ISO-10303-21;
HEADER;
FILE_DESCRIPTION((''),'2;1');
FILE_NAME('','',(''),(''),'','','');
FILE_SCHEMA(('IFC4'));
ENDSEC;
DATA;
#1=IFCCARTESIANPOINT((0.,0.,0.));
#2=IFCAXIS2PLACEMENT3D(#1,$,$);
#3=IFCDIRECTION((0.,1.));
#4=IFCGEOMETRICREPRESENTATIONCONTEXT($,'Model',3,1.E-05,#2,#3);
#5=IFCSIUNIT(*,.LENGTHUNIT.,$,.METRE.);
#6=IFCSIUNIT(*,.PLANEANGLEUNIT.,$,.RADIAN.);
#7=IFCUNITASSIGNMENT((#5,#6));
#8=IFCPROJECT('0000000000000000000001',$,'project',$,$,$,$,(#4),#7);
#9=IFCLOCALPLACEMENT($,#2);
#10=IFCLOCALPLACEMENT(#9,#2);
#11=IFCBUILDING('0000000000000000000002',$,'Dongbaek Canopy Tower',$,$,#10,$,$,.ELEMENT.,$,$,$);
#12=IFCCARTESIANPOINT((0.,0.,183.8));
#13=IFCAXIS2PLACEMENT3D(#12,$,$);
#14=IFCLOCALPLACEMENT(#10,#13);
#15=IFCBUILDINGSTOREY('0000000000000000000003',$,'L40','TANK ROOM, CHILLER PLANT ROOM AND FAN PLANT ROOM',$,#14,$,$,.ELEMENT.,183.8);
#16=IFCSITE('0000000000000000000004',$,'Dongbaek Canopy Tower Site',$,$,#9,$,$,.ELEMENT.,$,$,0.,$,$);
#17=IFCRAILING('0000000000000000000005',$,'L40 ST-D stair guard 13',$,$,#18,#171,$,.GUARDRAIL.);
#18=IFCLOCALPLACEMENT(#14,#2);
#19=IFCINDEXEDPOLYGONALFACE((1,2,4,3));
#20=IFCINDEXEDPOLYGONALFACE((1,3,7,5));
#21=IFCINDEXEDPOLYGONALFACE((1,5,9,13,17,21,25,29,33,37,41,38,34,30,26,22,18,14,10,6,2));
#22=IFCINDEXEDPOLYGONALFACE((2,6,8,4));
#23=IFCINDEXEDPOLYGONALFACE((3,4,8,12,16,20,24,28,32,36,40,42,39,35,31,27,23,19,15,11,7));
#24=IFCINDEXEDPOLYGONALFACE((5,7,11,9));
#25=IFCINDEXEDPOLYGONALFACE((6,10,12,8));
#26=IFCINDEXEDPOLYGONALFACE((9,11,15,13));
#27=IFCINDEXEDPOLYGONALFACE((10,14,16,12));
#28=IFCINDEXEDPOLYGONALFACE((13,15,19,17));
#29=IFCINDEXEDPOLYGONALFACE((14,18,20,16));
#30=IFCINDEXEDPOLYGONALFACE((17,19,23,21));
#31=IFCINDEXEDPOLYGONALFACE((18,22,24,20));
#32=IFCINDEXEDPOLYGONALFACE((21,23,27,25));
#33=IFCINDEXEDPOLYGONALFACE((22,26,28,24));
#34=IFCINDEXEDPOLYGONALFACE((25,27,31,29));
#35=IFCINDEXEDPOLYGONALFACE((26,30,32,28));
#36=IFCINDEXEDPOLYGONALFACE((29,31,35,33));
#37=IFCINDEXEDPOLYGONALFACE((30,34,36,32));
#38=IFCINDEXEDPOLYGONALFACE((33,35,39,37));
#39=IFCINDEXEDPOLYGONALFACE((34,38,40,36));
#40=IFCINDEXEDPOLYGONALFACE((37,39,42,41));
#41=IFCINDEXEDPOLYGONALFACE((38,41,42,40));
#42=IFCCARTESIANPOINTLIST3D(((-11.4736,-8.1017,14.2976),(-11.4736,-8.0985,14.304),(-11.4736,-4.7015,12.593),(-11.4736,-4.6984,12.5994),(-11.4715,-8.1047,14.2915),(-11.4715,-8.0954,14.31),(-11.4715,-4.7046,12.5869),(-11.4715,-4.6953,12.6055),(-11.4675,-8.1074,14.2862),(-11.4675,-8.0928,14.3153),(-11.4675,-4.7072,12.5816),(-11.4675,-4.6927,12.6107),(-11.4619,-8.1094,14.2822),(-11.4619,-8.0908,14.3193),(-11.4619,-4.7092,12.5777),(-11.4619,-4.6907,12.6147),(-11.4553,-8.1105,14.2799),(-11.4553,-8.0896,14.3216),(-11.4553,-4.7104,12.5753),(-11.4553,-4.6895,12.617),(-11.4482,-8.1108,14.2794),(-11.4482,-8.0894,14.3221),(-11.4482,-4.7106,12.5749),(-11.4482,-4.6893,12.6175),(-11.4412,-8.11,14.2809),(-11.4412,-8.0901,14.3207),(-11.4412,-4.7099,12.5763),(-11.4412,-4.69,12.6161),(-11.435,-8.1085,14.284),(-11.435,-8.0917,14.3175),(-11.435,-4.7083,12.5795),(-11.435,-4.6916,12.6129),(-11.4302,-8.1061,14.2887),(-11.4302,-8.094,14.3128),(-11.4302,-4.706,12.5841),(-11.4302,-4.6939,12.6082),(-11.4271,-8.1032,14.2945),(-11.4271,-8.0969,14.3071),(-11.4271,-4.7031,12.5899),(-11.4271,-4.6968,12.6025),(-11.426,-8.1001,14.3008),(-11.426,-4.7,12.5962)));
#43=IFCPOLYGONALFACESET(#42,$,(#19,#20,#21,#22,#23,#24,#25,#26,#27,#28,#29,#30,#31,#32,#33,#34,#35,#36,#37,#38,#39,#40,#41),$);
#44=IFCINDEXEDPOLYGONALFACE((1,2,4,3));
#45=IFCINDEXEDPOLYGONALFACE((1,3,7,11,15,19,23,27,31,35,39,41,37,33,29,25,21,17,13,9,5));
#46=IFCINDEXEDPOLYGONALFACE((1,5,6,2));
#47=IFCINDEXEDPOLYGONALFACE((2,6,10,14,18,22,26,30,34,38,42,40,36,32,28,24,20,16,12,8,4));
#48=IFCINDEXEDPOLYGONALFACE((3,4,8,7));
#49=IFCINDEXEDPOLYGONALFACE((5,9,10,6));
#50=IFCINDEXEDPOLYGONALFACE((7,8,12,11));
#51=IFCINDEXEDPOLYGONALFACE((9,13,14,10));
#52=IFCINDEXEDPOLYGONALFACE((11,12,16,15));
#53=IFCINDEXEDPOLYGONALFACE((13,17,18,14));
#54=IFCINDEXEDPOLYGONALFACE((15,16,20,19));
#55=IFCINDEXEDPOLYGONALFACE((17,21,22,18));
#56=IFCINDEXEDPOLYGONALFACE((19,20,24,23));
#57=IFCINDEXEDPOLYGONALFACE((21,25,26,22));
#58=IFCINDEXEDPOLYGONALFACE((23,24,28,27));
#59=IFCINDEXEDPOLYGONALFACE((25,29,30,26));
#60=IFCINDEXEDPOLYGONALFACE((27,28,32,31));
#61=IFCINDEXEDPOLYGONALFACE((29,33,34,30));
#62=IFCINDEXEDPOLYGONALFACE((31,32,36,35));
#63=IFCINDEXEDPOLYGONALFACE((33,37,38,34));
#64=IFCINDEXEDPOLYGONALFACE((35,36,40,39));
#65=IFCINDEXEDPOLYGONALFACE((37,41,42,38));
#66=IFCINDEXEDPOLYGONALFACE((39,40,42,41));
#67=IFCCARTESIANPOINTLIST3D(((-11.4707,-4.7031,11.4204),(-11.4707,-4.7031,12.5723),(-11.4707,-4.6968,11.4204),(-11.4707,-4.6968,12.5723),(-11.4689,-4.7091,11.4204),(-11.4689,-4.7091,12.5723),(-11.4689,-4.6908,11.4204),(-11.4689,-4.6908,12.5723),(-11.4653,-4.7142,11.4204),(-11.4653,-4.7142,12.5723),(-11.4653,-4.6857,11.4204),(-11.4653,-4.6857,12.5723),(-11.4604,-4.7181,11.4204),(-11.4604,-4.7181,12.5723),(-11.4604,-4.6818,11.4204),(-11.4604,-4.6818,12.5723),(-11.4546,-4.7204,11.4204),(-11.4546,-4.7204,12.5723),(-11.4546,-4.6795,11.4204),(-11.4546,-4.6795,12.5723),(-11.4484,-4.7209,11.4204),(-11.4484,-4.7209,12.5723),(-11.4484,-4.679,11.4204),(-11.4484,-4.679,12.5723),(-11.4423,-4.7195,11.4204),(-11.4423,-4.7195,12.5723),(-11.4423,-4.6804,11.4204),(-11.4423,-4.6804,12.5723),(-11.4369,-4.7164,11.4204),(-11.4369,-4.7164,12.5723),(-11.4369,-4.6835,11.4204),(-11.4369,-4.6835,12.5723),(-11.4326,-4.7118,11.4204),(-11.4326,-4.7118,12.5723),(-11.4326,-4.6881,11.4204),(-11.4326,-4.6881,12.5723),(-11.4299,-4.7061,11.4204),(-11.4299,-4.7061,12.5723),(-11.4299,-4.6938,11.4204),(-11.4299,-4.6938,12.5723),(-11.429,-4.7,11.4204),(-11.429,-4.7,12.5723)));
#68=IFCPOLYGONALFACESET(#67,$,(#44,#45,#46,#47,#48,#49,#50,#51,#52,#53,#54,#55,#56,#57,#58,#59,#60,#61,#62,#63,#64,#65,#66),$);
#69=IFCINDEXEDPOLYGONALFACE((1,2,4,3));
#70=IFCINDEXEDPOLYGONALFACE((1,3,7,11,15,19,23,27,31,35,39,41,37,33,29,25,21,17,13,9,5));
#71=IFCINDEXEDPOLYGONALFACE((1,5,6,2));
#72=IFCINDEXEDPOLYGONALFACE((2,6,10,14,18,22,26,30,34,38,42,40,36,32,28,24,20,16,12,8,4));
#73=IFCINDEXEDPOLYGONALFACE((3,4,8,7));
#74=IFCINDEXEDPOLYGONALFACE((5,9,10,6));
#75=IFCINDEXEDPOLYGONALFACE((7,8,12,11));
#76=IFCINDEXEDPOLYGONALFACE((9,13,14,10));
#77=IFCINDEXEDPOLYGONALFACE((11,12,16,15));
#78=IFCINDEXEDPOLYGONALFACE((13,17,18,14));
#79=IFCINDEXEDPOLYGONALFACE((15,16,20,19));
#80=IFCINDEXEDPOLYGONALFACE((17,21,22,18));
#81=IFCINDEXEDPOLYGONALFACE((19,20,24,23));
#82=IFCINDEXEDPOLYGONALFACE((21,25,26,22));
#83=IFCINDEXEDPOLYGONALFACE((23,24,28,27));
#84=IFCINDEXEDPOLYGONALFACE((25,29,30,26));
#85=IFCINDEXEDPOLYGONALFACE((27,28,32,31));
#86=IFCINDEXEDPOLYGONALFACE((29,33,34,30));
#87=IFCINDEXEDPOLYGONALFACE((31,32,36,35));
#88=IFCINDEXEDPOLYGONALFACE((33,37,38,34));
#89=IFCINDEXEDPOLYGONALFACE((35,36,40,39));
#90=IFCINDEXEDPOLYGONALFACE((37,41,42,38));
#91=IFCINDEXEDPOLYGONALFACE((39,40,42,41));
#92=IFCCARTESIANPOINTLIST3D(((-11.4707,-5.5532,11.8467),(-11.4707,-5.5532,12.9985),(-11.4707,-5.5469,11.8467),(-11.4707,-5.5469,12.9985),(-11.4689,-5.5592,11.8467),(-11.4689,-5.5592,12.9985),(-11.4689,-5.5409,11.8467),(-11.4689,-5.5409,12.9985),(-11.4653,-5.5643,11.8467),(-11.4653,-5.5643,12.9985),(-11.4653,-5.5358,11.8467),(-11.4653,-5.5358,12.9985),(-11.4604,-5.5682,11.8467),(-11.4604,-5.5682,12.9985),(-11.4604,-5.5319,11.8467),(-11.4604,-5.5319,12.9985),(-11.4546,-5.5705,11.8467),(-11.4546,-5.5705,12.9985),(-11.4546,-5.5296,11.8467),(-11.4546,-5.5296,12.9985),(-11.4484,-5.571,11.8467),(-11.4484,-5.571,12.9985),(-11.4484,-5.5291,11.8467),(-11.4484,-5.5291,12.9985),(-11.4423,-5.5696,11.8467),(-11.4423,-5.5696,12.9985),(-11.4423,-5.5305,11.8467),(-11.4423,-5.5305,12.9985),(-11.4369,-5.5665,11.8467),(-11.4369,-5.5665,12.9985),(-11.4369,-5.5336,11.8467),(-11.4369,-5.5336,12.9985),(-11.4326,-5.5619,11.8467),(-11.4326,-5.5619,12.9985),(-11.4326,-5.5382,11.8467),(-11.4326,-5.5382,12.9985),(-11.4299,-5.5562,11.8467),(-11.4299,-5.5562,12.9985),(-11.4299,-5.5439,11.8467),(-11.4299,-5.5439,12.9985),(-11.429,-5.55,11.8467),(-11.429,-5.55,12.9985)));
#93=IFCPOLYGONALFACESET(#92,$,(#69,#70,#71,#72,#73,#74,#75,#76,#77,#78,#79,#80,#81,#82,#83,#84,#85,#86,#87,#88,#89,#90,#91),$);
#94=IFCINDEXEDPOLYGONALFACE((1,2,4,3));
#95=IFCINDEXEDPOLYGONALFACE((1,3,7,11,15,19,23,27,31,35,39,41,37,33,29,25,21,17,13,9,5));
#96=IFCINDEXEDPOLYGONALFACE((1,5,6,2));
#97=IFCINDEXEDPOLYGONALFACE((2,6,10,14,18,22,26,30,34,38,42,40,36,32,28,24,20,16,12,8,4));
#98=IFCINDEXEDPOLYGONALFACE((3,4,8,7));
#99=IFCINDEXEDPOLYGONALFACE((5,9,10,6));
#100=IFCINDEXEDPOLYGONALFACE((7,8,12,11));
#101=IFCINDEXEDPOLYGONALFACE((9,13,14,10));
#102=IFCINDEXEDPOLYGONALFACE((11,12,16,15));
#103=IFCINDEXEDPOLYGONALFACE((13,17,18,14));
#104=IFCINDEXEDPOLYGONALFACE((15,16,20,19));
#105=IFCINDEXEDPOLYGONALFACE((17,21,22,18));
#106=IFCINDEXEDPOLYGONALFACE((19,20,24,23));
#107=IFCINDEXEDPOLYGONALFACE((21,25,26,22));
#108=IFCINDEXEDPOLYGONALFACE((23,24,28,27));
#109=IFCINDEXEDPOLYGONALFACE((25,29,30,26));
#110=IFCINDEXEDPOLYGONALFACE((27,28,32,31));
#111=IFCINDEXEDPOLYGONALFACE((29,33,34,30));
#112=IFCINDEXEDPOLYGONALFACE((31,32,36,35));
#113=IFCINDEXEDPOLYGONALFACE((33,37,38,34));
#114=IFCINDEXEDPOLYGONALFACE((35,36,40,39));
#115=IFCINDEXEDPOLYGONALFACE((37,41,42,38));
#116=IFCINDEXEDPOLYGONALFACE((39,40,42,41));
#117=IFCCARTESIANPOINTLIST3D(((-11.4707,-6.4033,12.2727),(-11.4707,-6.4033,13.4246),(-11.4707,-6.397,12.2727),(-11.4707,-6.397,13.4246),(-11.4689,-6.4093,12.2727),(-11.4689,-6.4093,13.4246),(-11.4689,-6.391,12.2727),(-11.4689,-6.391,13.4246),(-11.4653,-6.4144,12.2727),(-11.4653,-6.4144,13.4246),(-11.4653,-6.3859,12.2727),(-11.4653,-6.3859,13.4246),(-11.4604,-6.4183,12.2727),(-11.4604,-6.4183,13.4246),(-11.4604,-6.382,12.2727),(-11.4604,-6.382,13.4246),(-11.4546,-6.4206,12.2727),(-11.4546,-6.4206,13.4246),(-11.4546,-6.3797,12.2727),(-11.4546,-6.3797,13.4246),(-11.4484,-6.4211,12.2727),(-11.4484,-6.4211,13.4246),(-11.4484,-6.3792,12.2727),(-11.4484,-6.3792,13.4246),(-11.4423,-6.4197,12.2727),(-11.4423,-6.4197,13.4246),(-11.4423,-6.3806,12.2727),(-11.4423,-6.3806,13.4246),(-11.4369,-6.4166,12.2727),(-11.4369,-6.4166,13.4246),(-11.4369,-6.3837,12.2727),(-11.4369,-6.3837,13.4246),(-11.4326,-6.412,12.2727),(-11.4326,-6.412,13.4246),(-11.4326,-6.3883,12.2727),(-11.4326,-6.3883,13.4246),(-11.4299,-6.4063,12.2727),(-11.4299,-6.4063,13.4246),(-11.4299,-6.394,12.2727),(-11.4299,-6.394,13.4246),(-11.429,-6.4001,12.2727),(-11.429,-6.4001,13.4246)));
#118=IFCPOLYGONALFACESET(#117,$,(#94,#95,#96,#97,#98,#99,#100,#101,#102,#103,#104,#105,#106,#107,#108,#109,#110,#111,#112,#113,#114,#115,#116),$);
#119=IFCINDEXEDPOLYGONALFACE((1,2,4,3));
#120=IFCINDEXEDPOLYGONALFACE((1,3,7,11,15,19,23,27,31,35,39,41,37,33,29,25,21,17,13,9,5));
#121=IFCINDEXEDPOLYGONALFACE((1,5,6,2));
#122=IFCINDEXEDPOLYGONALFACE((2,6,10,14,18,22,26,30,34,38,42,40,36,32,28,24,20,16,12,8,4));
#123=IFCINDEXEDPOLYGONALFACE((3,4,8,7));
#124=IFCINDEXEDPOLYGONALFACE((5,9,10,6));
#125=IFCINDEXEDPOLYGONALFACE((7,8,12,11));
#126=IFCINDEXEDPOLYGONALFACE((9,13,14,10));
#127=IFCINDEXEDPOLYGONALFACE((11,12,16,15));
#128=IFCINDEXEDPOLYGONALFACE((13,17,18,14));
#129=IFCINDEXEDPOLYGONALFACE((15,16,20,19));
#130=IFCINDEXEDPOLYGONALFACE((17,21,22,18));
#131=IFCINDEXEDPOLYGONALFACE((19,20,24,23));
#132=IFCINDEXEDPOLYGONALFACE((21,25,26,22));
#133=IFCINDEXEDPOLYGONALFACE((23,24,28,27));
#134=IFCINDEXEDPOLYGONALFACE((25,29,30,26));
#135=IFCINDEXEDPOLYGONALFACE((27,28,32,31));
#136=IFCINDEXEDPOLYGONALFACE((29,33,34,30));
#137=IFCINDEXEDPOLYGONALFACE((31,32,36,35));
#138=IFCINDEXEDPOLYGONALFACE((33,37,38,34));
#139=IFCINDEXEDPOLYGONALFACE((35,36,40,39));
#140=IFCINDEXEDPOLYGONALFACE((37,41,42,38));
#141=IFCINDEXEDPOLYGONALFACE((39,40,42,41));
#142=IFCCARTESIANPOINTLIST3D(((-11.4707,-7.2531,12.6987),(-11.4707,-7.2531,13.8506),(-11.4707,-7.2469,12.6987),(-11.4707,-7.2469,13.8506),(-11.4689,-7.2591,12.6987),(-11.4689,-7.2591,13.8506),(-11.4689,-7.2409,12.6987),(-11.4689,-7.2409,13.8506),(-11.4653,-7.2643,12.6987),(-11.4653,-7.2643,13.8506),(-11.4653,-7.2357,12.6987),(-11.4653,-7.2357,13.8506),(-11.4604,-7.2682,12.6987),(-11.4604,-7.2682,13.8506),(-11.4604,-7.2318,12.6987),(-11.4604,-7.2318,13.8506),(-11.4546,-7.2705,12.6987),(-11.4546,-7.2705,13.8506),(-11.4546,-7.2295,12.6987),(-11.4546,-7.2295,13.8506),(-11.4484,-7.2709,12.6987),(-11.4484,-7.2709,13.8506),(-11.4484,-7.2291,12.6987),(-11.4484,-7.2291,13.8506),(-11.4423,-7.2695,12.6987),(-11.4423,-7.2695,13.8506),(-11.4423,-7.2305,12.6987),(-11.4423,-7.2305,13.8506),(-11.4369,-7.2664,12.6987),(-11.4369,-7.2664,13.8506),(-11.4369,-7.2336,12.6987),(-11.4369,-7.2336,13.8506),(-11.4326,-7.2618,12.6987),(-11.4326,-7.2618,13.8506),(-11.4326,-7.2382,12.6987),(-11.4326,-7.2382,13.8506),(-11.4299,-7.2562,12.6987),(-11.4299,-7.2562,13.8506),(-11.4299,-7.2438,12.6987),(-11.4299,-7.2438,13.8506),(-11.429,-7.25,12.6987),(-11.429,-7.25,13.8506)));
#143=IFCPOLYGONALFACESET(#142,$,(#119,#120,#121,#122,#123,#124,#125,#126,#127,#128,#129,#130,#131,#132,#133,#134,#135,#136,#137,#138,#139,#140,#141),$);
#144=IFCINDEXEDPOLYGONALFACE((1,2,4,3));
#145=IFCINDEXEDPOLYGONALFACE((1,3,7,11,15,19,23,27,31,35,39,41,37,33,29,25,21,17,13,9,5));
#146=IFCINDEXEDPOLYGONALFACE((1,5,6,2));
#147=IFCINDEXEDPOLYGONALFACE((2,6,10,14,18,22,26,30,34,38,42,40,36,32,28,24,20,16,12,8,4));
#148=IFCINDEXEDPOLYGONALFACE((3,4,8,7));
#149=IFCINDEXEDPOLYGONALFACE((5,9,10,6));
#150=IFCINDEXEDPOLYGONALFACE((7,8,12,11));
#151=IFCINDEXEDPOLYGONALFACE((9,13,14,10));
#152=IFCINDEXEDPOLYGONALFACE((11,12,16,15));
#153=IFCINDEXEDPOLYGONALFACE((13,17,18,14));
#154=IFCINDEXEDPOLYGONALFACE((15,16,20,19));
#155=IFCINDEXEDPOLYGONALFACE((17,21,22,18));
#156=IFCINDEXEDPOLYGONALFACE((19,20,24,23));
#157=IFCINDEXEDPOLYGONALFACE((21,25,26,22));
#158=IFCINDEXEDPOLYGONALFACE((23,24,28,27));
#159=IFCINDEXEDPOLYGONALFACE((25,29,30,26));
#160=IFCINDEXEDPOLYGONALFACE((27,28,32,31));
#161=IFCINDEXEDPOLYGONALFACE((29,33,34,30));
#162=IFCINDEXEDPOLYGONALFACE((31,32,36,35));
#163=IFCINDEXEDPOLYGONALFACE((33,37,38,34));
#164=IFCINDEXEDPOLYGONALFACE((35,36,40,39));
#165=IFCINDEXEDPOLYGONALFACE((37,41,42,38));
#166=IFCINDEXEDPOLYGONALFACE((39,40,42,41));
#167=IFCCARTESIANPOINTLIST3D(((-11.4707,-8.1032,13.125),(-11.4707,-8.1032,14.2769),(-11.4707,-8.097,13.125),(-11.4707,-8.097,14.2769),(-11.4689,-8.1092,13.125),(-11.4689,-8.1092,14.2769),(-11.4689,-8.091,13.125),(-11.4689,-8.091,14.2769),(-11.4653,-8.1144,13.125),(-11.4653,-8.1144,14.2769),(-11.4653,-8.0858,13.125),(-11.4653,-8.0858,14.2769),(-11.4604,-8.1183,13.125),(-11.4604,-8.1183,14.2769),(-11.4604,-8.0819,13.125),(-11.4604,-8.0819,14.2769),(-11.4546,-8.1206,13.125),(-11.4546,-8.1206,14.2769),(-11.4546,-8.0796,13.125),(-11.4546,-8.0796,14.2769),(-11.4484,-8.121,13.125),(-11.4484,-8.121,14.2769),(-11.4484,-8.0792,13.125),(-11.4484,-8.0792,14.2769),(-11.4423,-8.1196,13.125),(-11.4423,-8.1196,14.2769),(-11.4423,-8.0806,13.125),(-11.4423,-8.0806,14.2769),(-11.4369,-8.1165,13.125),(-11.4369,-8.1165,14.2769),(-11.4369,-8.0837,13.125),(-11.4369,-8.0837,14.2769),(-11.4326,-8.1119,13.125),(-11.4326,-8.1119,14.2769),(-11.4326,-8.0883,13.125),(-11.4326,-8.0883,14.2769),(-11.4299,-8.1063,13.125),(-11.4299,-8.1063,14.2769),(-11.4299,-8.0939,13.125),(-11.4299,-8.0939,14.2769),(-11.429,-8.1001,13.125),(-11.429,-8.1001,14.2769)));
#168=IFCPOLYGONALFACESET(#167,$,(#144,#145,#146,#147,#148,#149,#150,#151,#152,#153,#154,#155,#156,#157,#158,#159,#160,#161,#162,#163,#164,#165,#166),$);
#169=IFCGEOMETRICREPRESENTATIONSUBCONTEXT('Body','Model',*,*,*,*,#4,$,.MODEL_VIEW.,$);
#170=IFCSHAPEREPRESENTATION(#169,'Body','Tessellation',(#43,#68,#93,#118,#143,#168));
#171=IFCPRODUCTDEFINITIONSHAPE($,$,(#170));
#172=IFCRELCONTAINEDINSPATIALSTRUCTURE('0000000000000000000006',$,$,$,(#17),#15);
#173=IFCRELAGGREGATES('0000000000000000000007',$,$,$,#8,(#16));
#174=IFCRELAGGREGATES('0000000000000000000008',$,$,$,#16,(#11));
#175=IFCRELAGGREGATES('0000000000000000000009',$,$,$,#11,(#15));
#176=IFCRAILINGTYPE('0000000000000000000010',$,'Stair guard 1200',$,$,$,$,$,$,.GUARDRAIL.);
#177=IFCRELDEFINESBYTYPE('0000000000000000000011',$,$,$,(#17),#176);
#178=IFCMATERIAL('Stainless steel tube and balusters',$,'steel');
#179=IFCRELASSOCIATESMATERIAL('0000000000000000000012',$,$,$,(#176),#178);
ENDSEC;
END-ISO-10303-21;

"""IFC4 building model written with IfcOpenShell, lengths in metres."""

from ifc_helpers import new_model, si_unit, direction, frame, origin, origin_2d, place, context, subcontext, project, spatial, circle, extrude, material, type_object, element, save


model = new_model("IFC4")

# Units and contexts
model_context = context("Model", 3, precision=1e-05, world=origin(), true_north=direction((0.0, 1.0)))
body_context = subcontext(model_context, "Body", "Model", "MODEL_VIEW")
ifc_project = project(units=[si_unit("LENGTHUNIT", "METRE"), si_unit("PLANEANGLEUNIT", "RADIAN")], contexts=[model_context])

# Site, building, storey
site_placement = place(None, origin())
site = spatial("IfcSite", under=ifc_project, at=site_placement, Name="Dongbaek Canopy Tower Site", CompositionType="ELEMENT", RefElevation=0.0)
building_placement = place(site_placement, origin())
building = spatial("IfcBuilding", under=site, at=building_placement, Name="Dongbaek Canopy Tower", CompositionType="ELEMENT")
storey_placement = place(building_placement, frame((0.0, 0.0, 183.8)))
storey = spatial("IfcBuildingStorey", under=building, at=storey_placement, Name="L40", Description="TANK ROOM, CHILLER PLANT ROOM AND FAN PLANT ROOM", CompositionType="ELEMENT", Elevation=183.8)

# Railing
ifc_material_1 = material(Name="Stainless steel tube and balusters", Category="steel")
railing_type_1 = type_object("IfcRailingType", Name="Stair guard 1200", PredefinedType="GUARDRAIL", material=ifc_material_1)
railing_1_placement = place(storey_placement, frame((-11.45, -4.7, 11.4204)))
element("IfcRailing", 1, at=railing_1_placement, inside=storey, type_object=railing_type_1, Name="L40 ST-D stair guard 13", PredefinedType="GUARDRAIL", context=body_context, shape_type="SweptSolid", body=[
    extrude(circle(Radius=0.0239, at=origin_2d()), frame((0.0, 0.0, 1.1758), z_axis=(0.0, -0.893952, 0.448163), x_axis=(1.0, 0.0, 0.0)), (0.0, 0.0, 1.0), 3.8035),
    extrude(circle(Radius=0.021, at=origin_2d()), origin(), (0.0, 0.0, 1.0), 1.1519),
    extrude(circle(Radius=0.021, at=origin_2d()), frame((0.0, -0.8501, 0.4263)), (0.0, 0.0, 1.0), 1.1519),
    extrude(circle(Radius=0.021, at=origin_2d()), frame((0.0, -1.7002, 0.8523)), (0.0, 0.0, 1.0), 1.1519),
    extrude(circle(Radius=0.021, at=origin_2d()), frame((0.0, -2.55, 1.2783)), (0.0, 0.0, 1.0), 1.1519),
    extrude(circle(Radius=0.021, at=origin_2d()), frame((0.0, -3.4001, 1.7046)), (0.0, 0.0, 1.0), 1.1519),
])

save(model, "model.ifc")
